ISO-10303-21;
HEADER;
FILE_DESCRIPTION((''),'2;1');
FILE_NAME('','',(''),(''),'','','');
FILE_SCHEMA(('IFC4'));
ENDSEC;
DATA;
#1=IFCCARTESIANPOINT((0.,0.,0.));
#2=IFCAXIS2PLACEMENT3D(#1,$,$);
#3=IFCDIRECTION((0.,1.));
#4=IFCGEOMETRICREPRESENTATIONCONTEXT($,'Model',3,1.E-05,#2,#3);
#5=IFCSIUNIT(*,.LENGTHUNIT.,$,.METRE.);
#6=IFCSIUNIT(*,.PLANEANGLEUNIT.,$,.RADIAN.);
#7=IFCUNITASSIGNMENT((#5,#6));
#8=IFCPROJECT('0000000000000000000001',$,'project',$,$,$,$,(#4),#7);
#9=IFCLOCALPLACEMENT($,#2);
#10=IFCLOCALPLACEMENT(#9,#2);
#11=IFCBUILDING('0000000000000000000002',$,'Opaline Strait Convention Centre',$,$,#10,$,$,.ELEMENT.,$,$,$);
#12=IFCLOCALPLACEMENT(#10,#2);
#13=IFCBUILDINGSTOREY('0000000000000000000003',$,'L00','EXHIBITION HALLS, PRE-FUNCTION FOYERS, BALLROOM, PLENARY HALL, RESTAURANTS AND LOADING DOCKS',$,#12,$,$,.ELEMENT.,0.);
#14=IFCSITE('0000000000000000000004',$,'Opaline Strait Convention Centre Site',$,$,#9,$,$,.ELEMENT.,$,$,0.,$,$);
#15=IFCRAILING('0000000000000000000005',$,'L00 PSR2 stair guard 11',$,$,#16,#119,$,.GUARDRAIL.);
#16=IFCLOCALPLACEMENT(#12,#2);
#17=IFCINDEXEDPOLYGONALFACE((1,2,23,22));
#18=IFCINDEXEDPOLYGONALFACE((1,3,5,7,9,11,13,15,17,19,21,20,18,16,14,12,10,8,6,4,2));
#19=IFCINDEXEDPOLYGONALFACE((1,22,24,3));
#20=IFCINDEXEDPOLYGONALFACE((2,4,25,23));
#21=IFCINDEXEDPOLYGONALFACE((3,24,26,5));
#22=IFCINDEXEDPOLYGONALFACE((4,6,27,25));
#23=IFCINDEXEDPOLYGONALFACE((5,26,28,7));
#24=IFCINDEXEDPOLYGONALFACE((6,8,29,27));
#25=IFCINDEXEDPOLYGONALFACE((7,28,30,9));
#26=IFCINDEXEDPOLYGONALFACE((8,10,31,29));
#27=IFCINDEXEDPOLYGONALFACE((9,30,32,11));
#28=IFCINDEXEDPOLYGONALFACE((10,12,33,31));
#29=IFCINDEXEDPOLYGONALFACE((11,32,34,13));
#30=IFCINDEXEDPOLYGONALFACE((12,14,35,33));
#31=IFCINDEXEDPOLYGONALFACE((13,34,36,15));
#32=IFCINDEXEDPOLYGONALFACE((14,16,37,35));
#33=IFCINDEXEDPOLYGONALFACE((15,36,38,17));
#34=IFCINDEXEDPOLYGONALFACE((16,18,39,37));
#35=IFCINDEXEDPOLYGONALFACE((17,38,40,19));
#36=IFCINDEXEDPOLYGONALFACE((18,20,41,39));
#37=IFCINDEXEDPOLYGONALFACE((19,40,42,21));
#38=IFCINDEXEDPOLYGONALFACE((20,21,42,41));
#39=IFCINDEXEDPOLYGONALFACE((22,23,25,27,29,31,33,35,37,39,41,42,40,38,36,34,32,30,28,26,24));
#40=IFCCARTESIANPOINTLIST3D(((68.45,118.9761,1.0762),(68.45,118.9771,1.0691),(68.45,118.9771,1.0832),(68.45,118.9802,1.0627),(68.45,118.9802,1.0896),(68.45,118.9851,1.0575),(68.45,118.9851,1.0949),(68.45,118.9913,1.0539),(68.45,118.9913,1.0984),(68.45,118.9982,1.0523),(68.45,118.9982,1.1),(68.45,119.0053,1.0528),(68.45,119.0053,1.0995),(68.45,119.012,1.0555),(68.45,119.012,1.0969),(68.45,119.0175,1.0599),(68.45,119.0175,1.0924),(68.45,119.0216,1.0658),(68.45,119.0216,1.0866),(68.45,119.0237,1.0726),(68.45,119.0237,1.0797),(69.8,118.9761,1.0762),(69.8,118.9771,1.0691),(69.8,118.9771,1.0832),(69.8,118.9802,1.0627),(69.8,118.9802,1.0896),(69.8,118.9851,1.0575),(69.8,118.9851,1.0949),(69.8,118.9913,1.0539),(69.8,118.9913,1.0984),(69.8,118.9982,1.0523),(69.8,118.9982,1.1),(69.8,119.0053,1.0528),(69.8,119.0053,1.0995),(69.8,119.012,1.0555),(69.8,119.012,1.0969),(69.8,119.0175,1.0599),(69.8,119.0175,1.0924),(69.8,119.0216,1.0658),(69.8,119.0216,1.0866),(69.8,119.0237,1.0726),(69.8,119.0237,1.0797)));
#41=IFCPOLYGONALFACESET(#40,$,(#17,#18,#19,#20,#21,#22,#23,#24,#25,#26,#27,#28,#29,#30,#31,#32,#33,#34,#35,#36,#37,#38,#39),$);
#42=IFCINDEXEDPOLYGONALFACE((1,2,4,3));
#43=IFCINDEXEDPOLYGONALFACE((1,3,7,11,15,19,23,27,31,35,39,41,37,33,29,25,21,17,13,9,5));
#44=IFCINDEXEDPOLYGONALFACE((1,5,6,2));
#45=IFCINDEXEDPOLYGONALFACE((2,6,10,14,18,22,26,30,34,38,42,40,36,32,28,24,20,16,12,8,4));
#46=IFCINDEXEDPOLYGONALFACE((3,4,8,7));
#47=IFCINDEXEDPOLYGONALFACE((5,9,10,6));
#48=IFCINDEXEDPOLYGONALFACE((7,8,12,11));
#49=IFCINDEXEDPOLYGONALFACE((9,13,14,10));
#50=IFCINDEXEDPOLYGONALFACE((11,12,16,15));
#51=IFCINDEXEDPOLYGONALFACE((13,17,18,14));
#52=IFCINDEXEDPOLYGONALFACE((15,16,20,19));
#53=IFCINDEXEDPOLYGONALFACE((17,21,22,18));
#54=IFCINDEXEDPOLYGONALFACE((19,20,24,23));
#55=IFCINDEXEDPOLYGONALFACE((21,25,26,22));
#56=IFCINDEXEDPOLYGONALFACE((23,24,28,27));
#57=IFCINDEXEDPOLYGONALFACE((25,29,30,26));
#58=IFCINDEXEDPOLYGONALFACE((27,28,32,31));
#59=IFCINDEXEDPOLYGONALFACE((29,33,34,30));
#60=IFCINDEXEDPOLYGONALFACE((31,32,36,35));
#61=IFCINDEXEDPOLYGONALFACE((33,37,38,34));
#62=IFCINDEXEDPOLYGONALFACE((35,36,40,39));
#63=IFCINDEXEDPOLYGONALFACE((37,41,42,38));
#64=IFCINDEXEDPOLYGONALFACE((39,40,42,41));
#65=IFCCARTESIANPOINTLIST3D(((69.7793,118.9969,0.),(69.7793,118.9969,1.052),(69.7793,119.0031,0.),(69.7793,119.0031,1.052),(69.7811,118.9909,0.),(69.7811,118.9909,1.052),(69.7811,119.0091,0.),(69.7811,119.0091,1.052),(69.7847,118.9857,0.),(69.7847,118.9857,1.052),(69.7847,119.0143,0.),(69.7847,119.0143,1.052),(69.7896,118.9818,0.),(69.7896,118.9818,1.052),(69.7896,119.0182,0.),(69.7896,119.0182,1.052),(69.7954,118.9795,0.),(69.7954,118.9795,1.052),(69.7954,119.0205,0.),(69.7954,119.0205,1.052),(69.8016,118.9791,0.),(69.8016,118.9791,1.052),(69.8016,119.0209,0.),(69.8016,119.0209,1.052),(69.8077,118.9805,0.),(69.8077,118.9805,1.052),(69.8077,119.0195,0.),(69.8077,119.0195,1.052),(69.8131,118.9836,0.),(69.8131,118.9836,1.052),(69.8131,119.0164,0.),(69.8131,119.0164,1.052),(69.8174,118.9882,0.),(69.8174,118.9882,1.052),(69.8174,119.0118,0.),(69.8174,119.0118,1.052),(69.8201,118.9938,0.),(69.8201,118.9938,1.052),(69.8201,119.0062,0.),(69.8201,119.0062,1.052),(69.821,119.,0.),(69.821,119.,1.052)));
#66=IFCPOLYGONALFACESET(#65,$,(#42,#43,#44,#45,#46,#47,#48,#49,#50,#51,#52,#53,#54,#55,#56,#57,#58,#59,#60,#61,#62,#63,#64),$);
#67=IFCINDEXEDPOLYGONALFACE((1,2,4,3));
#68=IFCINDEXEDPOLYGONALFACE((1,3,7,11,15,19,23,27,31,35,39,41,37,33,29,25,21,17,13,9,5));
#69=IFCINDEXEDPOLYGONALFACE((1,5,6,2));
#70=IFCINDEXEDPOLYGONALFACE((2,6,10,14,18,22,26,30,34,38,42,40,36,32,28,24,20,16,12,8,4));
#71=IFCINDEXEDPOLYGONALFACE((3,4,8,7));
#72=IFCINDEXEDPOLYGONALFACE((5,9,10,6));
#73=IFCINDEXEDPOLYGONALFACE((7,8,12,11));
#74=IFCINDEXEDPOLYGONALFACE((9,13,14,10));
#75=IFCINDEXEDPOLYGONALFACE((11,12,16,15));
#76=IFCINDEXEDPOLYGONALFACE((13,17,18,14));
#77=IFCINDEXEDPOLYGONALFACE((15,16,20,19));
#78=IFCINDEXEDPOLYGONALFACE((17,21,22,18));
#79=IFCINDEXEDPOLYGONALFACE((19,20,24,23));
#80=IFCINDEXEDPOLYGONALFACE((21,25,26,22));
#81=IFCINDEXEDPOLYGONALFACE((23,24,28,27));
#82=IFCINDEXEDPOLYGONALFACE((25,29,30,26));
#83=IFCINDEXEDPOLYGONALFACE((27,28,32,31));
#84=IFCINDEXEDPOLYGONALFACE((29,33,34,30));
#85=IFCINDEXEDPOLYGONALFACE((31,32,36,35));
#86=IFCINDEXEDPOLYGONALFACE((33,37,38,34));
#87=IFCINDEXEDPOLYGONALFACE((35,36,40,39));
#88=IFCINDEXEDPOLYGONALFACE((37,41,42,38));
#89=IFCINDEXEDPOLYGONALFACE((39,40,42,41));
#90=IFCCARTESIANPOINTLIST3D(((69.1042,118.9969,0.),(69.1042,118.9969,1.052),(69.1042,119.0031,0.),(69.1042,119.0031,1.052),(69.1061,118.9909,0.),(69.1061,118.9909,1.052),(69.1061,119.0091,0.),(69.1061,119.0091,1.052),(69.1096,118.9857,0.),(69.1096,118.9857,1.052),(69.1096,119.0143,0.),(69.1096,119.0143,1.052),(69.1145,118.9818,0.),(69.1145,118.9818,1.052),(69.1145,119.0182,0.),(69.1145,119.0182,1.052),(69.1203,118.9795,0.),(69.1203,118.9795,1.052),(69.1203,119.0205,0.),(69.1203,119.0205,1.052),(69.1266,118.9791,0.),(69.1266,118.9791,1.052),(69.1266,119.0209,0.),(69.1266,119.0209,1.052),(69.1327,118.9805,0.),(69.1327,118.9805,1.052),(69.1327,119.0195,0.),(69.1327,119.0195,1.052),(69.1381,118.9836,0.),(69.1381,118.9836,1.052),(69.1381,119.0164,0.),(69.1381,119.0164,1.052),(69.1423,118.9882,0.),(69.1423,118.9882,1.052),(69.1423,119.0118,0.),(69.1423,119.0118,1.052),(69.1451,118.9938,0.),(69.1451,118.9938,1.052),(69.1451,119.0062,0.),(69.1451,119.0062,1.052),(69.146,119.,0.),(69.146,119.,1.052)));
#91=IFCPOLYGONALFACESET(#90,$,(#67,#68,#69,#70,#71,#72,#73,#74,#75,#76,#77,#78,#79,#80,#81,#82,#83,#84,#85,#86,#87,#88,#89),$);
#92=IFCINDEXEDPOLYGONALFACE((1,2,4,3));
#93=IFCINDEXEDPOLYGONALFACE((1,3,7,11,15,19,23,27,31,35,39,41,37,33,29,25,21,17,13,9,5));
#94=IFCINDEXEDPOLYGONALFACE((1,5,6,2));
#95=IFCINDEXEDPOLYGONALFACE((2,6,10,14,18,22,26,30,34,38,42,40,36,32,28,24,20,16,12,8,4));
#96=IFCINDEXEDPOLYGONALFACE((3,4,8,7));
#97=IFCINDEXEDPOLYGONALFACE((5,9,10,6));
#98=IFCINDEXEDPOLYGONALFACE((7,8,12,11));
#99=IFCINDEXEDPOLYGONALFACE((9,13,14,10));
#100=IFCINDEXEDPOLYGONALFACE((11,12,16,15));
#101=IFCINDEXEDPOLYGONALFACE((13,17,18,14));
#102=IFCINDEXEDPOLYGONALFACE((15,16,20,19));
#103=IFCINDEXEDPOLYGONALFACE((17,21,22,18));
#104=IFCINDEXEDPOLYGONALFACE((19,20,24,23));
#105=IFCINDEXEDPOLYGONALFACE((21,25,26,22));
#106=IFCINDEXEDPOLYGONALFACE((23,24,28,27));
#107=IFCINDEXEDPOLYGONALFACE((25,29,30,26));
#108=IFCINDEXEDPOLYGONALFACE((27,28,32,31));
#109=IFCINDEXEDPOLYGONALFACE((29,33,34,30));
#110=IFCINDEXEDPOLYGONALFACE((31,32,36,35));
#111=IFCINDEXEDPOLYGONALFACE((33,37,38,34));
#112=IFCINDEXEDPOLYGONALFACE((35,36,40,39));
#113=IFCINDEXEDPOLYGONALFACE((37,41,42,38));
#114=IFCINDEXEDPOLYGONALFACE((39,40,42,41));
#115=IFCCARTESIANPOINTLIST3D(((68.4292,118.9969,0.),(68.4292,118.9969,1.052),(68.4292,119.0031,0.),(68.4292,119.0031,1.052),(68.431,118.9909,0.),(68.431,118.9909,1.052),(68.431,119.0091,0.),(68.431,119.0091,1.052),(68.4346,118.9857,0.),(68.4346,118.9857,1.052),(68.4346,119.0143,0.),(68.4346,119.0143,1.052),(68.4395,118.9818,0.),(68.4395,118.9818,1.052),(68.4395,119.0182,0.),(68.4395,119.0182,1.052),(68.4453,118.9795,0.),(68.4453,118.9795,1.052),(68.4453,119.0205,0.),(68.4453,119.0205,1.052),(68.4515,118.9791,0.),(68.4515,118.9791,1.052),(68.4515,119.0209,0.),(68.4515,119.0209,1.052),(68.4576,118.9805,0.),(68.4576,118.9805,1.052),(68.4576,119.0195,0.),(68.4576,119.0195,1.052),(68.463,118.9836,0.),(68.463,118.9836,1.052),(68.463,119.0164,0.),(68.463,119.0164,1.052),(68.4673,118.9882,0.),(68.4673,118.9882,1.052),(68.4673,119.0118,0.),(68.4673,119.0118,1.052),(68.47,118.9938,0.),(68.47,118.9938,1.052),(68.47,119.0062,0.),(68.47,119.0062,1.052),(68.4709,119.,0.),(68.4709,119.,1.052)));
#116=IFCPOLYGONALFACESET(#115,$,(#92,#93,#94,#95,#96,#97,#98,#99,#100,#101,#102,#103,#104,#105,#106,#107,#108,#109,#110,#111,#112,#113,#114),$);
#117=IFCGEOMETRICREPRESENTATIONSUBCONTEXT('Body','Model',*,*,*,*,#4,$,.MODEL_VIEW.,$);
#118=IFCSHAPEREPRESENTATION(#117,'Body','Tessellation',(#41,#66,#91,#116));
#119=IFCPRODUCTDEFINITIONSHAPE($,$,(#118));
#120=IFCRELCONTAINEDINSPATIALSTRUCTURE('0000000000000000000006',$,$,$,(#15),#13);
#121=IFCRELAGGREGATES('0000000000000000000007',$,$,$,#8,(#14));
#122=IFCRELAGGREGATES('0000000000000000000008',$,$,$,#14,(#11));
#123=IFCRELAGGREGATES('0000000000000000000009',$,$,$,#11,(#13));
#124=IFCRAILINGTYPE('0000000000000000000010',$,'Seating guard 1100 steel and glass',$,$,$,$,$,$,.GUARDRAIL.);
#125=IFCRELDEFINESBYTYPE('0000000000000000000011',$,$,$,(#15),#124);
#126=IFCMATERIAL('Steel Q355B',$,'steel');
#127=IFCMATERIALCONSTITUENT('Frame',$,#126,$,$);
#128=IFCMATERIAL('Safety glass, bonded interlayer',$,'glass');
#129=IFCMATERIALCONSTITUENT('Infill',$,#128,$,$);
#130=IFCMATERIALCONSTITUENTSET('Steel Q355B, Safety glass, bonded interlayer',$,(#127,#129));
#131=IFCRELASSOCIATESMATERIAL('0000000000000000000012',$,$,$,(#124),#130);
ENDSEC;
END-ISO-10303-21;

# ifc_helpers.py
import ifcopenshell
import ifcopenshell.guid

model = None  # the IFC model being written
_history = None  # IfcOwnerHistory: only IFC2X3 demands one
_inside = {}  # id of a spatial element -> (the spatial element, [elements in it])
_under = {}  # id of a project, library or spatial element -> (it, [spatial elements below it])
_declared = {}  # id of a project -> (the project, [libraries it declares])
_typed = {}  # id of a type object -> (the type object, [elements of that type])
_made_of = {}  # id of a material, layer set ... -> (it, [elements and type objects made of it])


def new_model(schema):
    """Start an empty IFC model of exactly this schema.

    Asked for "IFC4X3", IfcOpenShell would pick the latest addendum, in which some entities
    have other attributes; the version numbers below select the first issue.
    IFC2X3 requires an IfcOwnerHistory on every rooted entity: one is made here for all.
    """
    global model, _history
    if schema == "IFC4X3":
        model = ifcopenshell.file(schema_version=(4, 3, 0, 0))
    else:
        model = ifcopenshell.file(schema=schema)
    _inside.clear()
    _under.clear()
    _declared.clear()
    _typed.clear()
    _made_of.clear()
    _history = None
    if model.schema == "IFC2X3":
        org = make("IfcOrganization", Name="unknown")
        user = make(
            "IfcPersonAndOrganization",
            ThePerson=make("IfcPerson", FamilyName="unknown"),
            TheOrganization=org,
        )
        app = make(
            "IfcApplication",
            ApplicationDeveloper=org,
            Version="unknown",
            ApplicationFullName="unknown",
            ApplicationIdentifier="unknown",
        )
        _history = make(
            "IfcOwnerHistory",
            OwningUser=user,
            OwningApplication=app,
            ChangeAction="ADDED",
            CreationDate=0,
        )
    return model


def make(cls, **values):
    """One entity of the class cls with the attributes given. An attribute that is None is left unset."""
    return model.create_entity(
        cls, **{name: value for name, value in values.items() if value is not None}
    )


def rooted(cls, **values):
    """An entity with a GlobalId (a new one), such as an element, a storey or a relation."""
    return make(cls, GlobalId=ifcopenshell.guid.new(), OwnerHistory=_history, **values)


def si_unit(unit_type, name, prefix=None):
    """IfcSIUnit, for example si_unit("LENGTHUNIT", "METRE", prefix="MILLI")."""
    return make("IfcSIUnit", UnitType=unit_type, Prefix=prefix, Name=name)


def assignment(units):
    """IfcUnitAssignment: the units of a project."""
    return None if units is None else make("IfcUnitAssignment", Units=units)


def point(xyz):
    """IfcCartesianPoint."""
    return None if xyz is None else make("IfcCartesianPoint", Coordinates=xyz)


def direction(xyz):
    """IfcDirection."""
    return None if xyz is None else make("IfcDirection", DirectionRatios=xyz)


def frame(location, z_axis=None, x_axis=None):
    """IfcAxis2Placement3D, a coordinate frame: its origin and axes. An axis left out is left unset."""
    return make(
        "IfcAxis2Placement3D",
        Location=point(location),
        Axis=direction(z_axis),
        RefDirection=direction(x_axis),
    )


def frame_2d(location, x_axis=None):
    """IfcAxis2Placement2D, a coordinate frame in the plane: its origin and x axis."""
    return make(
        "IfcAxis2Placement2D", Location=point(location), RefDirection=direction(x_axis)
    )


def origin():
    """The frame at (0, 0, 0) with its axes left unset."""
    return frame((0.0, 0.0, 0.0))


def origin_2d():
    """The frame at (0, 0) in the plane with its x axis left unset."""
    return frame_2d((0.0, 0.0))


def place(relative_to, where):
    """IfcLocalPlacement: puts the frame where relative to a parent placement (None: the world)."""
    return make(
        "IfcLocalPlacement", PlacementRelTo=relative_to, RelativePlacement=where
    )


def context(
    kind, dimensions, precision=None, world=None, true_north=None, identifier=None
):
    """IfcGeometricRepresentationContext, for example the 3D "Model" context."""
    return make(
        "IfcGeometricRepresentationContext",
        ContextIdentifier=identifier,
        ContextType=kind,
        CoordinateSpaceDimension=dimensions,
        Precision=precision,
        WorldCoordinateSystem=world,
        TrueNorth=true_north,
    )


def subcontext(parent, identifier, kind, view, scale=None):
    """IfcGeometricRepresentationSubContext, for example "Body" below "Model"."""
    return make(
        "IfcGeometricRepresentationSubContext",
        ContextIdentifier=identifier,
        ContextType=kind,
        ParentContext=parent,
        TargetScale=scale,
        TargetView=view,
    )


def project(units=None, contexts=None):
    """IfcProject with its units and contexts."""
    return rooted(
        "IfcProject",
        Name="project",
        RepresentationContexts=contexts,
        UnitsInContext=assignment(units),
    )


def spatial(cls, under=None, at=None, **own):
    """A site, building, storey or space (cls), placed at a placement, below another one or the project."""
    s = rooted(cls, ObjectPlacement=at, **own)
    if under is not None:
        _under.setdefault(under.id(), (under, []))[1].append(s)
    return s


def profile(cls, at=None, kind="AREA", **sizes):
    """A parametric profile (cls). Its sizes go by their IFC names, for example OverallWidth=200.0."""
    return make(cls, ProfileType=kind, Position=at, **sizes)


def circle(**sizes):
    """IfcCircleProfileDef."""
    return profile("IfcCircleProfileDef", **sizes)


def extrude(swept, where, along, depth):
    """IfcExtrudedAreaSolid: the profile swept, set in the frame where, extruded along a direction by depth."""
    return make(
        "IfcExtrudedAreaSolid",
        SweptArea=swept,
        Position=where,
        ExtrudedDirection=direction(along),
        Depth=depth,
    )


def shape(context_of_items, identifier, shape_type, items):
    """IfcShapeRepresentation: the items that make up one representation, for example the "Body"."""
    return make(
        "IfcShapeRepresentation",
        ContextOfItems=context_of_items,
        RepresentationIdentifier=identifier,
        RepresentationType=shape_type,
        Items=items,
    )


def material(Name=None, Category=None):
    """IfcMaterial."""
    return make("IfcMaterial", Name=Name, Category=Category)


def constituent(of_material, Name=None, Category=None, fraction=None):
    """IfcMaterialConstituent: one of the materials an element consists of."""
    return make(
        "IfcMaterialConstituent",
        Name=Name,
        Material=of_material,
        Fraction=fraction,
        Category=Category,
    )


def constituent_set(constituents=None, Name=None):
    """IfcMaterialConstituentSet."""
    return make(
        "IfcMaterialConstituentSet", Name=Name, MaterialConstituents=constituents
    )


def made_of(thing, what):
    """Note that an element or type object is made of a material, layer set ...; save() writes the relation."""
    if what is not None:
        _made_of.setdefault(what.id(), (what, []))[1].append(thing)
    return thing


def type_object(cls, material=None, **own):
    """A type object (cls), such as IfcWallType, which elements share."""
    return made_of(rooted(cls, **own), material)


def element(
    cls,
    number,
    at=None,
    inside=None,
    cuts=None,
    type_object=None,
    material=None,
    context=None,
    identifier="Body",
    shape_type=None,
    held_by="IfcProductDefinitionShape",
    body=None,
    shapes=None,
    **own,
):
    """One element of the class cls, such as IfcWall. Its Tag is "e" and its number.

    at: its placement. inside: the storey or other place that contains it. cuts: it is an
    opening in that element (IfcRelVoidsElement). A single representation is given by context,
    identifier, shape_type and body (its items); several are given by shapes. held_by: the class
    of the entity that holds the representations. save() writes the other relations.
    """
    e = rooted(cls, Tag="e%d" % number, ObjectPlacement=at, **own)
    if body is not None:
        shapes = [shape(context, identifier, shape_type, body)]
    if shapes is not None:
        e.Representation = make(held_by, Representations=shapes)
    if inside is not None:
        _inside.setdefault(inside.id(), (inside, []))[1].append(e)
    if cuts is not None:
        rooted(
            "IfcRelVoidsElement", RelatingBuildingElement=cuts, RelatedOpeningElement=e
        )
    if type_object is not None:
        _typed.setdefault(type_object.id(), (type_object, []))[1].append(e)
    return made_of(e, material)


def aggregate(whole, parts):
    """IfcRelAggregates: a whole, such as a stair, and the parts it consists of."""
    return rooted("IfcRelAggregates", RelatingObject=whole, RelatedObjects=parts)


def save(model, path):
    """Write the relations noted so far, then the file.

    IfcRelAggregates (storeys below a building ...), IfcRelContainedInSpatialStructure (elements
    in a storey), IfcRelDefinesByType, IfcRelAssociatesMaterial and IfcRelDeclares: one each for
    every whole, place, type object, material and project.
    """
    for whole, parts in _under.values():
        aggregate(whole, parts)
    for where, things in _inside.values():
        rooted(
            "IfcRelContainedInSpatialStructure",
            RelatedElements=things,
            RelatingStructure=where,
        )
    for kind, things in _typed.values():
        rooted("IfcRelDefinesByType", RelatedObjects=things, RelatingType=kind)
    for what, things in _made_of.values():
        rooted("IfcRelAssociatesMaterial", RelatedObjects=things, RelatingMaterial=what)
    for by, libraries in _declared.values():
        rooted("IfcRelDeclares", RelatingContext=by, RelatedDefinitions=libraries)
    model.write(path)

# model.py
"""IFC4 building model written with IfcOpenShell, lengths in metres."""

from ifc_helpers import new_model, si_unit, direction, frame, origin, origin_2d, place, context, subcontext, project, spatial, circle, extrude, material, constituent, constituent_set, type_object, element, save


model = new_model("IFC4")

# Units and contexts
model_context = context("Model", 3, precision=1e-05, world=origin(), true_north=direction((0.0, 1.0)))
body_context = subcontext(model_context, "Body", "Model", "MODEL_VIEW")
ifc_project = project(units=[si_unit("LENGTHUNIT", "METRE"), si_unit("PLANEANGLEUNIT", "RADIAN")], contexts=[model_context])

# Site, building, storey
site_placement = place(None, origin())
site = spatial("IfcSite", under=ifc_project, at=site_placement, Name="Opaline Strait Convention Centre Site", CompositionType="ELEMENT", RefElevation=0.0)
building_placement = place(site_placement, origin())
building = spatial("IfcBuilding", under=site, at=building_placement, Name="Opaline Strait Convention Centre", CompositionType="ELEMENT")
storey_placement = place(building_placement, origin())
storey = spatial("IfcBuildingStorey", under=building, at=storey_placement, Name="L00", Description="EXHIBITION HALLS, PRE-FUNCTION FOYERS, BALLROOM, PLENARY HALL, RESTAURANTS AND LOADING DOCKS", CompositionType="ELEMENT", Elevation=0.0)

# Railing
ifc_material_1 = material(Name="Steel Q355B", Category="steel")
ifc_constituent_1 = constituent(ifc_material_1, Name="Frame")
ifc_material_2 = material(Name="Safety glass, bonded interlayer", Category="glass")
ifc_constituent_2 = constituent(ifc_material_2, Name="Infill")
ifc_constituent_set = constituent_set(constituents=[ifc_constituent_1, ifc_constituent_2], Name="Steel Q355B, Safety glass, bonded interlayer")
railing_type_1 = type_object("IfcRailingType", Name="Seating guard 1100 steel and glass", PredefinedType="GUARDRAIL", material=ifc_constituent_set)
railing_1_placement = place(storey_placement, frame((69.8, 119.0, 0.0)))
element("IfcRailing", 1, at=railing_1_placement, inside=storey, type_object=railing_type_1, Name="L00 PSR2 stair guard 11", PredefinedType="GUARDRAIL", context=body_context, shape_type="SweptSolid", body=[
    extrude(circle(Radius=0.0239, at=origin_2d()), frame((0.0, 0.0, 1.0762), z_axis=(-1.0, 0.0, 0.0), x_axis=(0.0, -1.0, 0.0)), (0.0, 0.0, 1.0), 1.3501),
    extrude(circle(Radius=0.021, at=origin_2d()), origin(), (0.0, 0.0, 1.0), 1.052),
    extrude(circle(Radius=0.021, at=origin_2d()), frame((-0.675, 0.0, 0.0)), (0.0, 0.0, 1.0), 1.052),
    extrude(circle(Radius=0.021, at=origin_2d()), frame((-1.3501, 0.0, 0.0)), (0.0, 0.0, 1.0), 1.052),
])

save(model, "model.ifc")
